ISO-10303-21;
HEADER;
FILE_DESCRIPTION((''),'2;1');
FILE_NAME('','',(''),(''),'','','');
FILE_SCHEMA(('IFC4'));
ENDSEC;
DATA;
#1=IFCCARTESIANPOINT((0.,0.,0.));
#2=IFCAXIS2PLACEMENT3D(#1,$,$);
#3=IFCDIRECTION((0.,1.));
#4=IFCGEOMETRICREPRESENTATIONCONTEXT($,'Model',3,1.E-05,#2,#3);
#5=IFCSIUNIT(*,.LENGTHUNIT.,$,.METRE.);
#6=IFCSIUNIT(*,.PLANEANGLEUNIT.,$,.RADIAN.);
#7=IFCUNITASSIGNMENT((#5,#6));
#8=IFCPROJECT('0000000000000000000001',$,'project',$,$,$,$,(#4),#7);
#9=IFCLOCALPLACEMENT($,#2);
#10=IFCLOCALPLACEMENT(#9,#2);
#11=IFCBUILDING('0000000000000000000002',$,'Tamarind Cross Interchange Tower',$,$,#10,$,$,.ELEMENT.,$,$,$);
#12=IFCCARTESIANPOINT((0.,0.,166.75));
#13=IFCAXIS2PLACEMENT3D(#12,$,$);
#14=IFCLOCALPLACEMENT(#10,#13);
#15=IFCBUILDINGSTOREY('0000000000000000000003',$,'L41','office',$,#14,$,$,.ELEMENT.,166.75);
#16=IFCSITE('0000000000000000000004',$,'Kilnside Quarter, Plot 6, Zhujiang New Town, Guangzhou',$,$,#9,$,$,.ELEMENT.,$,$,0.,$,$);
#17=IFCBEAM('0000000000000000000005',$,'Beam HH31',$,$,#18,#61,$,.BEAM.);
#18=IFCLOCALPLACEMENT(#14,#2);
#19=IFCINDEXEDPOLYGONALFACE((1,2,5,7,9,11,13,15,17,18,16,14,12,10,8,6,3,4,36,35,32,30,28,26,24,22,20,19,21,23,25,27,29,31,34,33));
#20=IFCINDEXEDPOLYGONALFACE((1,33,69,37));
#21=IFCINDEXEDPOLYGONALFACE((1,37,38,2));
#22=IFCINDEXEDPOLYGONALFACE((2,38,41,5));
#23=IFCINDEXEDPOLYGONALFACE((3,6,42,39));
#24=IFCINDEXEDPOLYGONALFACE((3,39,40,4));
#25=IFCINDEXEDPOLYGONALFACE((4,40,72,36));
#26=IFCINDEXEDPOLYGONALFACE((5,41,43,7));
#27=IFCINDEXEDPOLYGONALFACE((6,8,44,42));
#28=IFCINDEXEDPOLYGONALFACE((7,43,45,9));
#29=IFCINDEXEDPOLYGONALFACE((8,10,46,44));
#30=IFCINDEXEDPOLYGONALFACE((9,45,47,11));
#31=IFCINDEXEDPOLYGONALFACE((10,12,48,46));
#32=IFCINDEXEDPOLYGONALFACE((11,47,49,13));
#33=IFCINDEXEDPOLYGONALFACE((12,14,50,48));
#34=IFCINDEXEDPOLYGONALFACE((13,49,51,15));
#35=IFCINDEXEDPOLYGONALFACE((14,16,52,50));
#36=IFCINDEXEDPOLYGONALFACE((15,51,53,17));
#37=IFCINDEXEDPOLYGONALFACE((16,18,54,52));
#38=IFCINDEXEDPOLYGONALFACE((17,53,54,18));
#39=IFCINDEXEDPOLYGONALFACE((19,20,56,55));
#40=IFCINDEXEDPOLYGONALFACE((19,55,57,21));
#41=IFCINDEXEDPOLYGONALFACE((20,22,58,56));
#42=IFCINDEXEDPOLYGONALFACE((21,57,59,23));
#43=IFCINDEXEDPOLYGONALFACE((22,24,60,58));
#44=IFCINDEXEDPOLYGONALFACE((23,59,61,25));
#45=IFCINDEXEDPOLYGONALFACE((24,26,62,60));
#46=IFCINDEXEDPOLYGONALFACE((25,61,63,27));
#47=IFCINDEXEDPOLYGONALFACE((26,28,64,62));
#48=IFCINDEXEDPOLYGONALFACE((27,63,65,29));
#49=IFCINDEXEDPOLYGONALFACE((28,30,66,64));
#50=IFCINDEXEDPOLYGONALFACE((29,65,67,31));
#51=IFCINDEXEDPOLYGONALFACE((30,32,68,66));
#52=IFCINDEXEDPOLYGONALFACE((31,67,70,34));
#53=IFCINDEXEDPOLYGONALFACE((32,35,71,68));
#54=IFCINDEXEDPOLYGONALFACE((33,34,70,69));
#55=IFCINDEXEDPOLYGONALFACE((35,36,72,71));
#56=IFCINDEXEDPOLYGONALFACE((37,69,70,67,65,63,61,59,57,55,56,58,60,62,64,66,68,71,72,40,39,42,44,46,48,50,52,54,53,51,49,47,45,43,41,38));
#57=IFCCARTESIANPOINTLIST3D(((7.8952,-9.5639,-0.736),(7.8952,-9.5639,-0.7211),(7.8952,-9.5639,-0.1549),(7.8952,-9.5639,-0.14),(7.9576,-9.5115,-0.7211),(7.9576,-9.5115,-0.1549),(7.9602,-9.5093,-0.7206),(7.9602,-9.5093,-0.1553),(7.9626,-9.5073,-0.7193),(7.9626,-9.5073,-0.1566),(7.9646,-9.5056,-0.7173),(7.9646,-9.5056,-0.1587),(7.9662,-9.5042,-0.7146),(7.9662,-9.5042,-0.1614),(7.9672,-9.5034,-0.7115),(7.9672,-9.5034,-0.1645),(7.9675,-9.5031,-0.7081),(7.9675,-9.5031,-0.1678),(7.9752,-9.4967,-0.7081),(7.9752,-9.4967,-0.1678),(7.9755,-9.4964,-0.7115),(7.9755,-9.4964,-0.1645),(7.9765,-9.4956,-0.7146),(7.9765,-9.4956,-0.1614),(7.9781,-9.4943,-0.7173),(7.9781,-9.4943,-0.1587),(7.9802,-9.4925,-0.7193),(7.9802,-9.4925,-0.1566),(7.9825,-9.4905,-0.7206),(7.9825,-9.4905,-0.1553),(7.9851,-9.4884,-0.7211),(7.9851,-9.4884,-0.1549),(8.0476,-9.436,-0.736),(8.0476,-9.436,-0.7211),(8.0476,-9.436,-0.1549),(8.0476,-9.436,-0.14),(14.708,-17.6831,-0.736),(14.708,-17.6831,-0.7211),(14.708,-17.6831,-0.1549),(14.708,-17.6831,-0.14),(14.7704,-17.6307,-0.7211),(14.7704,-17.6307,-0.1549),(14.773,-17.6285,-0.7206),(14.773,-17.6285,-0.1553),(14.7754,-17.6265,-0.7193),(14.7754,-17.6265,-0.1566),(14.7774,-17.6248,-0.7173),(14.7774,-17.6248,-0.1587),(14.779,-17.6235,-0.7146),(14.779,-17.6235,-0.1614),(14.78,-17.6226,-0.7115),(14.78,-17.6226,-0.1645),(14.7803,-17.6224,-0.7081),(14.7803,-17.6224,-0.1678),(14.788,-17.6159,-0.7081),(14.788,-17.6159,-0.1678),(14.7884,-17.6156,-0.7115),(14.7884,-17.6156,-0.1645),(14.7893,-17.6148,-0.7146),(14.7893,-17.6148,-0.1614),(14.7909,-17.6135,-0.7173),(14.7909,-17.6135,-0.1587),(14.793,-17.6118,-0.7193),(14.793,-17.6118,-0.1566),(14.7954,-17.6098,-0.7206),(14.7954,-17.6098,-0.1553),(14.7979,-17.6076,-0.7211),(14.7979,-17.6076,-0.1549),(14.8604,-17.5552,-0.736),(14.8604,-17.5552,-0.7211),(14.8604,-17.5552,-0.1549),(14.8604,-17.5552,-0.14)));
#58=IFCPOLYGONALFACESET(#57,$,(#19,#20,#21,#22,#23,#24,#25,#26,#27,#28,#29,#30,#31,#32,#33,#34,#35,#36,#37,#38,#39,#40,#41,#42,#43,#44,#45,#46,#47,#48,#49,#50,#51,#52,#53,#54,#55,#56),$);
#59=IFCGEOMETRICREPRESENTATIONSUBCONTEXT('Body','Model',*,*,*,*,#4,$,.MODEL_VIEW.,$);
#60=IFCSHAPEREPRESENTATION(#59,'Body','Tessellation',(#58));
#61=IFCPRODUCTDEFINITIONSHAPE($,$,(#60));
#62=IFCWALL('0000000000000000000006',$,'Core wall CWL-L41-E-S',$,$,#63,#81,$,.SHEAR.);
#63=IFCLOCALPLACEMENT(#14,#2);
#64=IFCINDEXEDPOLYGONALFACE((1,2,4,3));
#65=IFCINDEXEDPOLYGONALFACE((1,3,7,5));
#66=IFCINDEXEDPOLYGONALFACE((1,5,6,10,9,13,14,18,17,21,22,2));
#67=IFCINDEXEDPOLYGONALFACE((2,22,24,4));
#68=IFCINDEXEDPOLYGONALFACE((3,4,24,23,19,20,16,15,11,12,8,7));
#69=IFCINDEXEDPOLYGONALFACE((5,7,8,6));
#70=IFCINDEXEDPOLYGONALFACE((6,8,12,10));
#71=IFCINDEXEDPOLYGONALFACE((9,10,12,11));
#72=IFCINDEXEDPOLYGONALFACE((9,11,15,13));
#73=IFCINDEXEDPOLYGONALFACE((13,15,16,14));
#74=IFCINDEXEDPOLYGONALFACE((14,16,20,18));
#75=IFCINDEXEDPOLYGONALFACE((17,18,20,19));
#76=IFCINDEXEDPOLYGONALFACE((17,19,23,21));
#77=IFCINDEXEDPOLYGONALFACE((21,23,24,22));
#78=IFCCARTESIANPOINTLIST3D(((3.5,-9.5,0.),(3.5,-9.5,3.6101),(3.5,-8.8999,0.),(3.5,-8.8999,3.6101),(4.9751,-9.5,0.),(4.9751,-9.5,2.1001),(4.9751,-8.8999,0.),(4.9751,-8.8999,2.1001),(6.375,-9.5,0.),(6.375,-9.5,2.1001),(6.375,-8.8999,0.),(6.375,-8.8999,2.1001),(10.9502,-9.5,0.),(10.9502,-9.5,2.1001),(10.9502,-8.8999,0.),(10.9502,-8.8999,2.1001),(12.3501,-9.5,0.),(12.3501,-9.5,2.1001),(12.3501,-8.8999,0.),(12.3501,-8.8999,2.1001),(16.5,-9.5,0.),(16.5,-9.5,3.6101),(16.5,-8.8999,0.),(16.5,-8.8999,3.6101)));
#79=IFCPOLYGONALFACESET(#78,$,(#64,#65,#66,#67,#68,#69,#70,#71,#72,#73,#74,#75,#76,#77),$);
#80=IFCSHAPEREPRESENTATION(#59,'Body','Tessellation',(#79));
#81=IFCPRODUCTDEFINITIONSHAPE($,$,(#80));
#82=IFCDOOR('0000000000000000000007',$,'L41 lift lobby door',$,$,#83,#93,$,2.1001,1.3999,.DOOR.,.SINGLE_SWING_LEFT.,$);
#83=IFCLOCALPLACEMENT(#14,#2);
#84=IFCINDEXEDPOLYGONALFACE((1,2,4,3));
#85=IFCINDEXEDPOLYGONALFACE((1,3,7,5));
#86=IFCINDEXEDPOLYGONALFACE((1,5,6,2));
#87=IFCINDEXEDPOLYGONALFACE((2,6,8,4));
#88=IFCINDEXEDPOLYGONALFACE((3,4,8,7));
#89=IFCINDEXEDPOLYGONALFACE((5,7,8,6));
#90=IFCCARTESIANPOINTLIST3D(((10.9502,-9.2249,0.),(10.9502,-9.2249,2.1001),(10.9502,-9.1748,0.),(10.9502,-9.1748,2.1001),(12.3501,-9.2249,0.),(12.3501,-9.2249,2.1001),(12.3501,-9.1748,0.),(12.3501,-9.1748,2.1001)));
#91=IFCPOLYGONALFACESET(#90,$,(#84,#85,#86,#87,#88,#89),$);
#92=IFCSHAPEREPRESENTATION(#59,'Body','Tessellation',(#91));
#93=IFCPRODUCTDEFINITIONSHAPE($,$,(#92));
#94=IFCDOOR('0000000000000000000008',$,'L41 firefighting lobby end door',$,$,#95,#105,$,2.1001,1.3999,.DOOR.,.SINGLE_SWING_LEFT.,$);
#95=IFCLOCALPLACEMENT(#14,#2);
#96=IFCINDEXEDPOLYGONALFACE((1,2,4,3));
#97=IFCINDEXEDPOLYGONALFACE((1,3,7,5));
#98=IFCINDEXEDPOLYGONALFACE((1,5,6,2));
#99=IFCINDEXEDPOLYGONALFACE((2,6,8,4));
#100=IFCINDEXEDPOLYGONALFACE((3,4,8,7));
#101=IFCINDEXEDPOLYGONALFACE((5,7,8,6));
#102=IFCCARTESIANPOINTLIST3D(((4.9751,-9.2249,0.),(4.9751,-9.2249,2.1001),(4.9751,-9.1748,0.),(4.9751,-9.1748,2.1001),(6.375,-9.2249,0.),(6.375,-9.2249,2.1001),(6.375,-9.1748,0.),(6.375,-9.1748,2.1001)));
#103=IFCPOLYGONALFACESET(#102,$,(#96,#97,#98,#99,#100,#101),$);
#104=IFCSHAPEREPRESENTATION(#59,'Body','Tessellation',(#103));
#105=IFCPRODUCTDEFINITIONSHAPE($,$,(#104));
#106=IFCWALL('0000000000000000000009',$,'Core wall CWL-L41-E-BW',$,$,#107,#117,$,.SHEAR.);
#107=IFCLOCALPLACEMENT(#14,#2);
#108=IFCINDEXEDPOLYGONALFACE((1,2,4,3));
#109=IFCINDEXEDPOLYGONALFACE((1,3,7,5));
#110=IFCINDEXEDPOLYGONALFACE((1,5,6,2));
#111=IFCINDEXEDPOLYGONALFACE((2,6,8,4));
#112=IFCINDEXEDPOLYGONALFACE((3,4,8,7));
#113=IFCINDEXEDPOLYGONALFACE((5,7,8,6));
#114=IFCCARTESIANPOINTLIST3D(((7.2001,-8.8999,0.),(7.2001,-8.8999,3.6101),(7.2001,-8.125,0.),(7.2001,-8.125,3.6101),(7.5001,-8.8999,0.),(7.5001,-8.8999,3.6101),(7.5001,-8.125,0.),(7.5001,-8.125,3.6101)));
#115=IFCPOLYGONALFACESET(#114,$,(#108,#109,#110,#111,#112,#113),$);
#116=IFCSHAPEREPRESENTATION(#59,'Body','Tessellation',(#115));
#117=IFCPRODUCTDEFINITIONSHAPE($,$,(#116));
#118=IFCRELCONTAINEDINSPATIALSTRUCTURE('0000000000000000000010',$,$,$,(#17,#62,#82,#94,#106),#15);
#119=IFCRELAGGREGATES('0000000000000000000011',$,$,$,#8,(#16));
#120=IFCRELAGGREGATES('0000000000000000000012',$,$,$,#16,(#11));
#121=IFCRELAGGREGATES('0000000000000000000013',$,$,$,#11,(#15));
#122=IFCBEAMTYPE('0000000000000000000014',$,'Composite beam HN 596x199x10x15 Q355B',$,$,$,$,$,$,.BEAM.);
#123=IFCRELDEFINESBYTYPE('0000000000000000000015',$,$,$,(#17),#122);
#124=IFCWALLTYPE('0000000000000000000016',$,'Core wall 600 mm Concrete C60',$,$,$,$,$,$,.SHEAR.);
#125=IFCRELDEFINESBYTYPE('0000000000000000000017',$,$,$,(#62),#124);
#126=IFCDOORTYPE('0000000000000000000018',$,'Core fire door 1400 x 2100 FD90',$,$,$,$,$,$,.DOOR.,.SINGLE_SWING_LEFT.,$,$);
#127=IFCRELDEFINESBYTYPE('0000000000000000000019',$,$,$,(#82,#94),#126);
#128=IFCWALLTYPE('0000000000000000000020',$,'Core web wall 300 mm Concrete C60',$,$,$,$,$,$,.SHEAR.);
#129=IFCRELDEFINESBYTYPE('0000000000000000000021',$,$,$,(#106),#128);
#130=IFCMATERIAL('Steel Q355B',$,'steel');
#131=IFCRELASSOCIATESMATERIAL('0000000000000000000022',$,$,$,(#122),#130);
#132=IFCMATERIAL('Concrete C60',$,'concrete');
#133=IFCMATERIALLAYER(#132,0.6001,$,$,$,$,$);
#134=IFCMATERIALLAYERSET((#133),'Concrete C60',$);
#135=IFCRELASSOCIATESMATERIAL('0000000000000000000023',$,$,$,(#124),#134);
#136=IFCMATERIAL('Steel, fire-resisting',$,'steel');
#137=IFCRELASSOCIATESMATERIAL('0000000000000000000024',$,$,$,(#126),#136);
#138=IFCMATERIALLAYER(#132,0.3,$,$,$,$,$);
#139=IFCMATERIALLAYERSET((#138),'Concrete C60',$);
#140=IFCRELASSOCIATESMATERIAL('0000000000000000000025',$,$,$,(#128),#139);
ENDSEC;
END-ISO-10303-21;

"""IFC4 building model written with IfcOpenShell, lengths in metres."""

from ifc_helpers import new_model, si_unit, direction, frame, frame_2d, origin, origin_2d, place, context, subcontext, project, spatial, rectangle, i_section, extrude, material, layer, layer_set, material_profile, profile_set, type_object, element, fill, save


model = new_model("IFC4")

# Units and contexts
model_context = context("Model", 3, precision=1e-05, world=origin(), true_north=direction((0.0, 1.0)))
body_context = subcontext(model_context, "Body", "Model", "MODEL_VIEW")
ifc_project = project(units=[si_unit("LENGTHUNIT", "METRE"), si_unit("PLANEANGLEUNIT", "RADIAN")], contexts=[model_context])

# Site, building, storey
site_placement = place(None, origin())
site = spatial("IfcSite", under=ifc_project, at=site_placement, Name="Kilnside Quarter, Plot 6, Zhujiang New Town, Guangzhou", CompositionType="ELEMENT", RefElevation=0.0)
building_placement = place(site_placement, origin())
building = spatial("IfcBuilding", under=site, at=building_placement, Name="Tamarind Cross Interchange Tower", CompositionType="ELEMENT")
storey_placement = place(building_placement, frame((0.0, 0.0, 166.75)))
storey = spatial("IfcBuildingStorey", under=building, at=storey_placement, Name="L41", Description="office", CompositionType="ELEMENT", Elevation=166.75)

# Beam
ifc_material_1 = material(Name="Steel Q355B", Category="steel")
ifc_material_profile = material_profile(ifc_material_1, i_section(OverallWidth=0.199, OverallDepth=0.5959, WebThickness=0.01, FlangeThickness=0.0149, FilletRadius=0.0129, at=origin_2d()), Name="HN 596x199x10x15")
ifc_profile_set = profile_set([ifc_material_profile], Name="Steel Q355B")
beam_type = type_object("IfcBeamType", Name="Composite beam HN 596x199x10x15 Q355B", PredefinedType="BEAM", material=ifc_profile_set)
beam_placement = place(storey_placement, frame((14.7842, -17.6191, -0.438), z_axis=(-0.642786, 0.766046, 0.0), x_axis=(-0.766046, -0.642786, 0.0)))
element("IfcBeam", 1, at=beam_placement, inside=storey, type_object=beam_type, Name="Beam HH31", PredefinedType="BEAM", context=body_context, shape_type="SweptSolid", body=[
    extrude(i_section(OverallWidth=0.199, OverallDepth=0.5959, WebThickness=0.01, FlangeThickness=0.0149, FilletRadius=0.0129, at=origin_2d()), origin(), (0.0, 0.0, 1.0), 10.5989),
])

# Wall, openings, doors
ifc_material_2 = material(Name="Concrete C60", Category="concrete")
ifc_layer_1 = layer(ifc_material_2, 0.6001)
ifc_layer_set_1 = layer_set([ifc_layer_1], Name="Concrete C60")
wall_type_1 = type_object("IfcWallType", Name="Core wall 600 mm Concrete C60", PredefinedType="SHEAR", material=ifc_layer_set_1)
wall_1_placement = place(storey_placement, frame((16.5, -9.2, 0.0), z_axis=(0.0, 0.0, 1.0), x_axis=(-1.0, 0.0, 0.0)))
wall_1 = element("IfcWall", 2, at=wall_1_placement, inside=storey, type_object=wall_type_1, Name="Core wall CWL-L41-E-S", PredefinedType="SHEAR", context=body_context, shape_type="SweptSolid", body=[
    extrude(rectangle(XDim=13.0, YDim=0.6001, at=frame_2d((6.5, 0.0))), origin(), (0.0, 0.0, 1.0), 3.6101),
])
opening_1_placement = place(wall_1_placement, frame((4.1499, 0.0, 0.0)))
opening_1 = element("IfcOpeningElement", 3, at=opening_1_placement, cuts=wall_1, PredefinedType="OPENING", context=body_context, shape_type="SweptSolid", body=[
    extrude(rectangle(XDim=1.3999, YDim=2.1001, at=frame_2d((0.7, 1.05))), frame((0.0, 0.3101, 0.0), z_axis=(0.0, -1.0, 0.0), x_axis=(1.0, 0.0, 0.0)), (0.0, 0.0, 1.0), 0.6201),
])
opening_2_placement = place(wall_1_placement, frame((10.125, 0.0, 0.0)))
opening_2 = element("IfcOpeningElement", 4, at=opening_2_placement, cuts=wall_1, PredefinedType="OPENING", context=body_context, shape_type="SweptSolid", body=[
    extrude(rectangle(XDim=1.3999, YDim=2.1001, at=frame_2d((0.7, 1.05))), frame((0.0, 0.3101, 0.0), z_axis=(0.0, -1.0, 0.0), x_axis=(1.0, 0.0, 0.0)), (0.0, 0.0, 1.0), 0.6201),
])
ifc_material_3 = material(Name="Steel, fire-resisting", Category="steel")
door_type_1 = type_object("IfcDoorType", Name="Core fire door 1400 x 2100 FD90", OperationType="SINGLE_SWING_LEFT", PredefinedType="DOOR", material=ifc_material_3)
door_1_placement = place(opening_1_placement, origin())
door_1 = element("IfcDoor", 5, at=door_1_placement, inside=storey, type_object=door_type_1, Name="L41 lift lobby door", OperationType="SINGLE_SWING_LEFT", OverallHeight=2.1001, OverallWidth=1.3999, PredefinedType="DOOR", context=body_context, shape_type="SweptSolid", body=[
    extrude(rectangle(XDim=1.3999, YDim=2.1001, at=frame_2d((0.7, 1.05))), frame((0.0, 0.0249, 0.0), z_axis=(0.0, -1.0, 0.0), x_axis=(1.0, 0.0, 0.0)), (0.0, 0.0, 1.0), 0.05),
])
fill(opening_1, door_1)
door_2_placement = place(opening_2_placement, origin())
door_2 = element("IfcDoor", 6, at=door_2_placement, inside=storey, type_object=door_type_1, Name="L41 firefighting lobby end door", OperationType="SINGLE_SWING_LEFT", OverallHeight=2.1001, OverallWidth=1.3999, PredefinedType="DOOR", context=body_context, shape_type="SweptSolid", body=[
    extrude(rectangle(XDim=1.3999, YDim=2.1001, at=frame_2d((0.7, 1.05))), frame((0.0, 0.0249, 0.0), z_axis=(0.0, -1.0, 0.0), x_axis=(1.0, 0.0, 0.0)), (0.0, 0.0, 1.0), 0.05),
])
fill(opening_2, door_2)

# Wall
ifc_layer_2 = layer(ifc_material_2, 0.3)
ifc_layer_set_2 = layer_set([ifc_layer_2], Name="Concrete C60")
wall_type_2 = type_object("IfcWallType", Name="Core web wall 300 mm Concrete C60", PredefinedType="SHEAR", material=ifc_layer_set_2)
wall_2_placement = place(storey_placement, frame((7.3501, -8.8999, 0.0), z_axis=(0.0, 0.0, 1.0), x_axis=(0.0, 1.0, 0.0)))
element("IfcWall", 7, at=wall_2_placement, inside=storey, type_object=wall_type_2, Name="Core wall CWL-L41-E-BW", PredefinedType="SHEAR", context=body_context, shape_type="SweptSolid", body=[
    extrude(rectangle(XDim=0.7749, YDim=0.3, at=frame_2d((0.3875, 0.0))), origin(), (0.0, 0.0, 1.0), 3.6101),
])

save(model, "model.ifc")
